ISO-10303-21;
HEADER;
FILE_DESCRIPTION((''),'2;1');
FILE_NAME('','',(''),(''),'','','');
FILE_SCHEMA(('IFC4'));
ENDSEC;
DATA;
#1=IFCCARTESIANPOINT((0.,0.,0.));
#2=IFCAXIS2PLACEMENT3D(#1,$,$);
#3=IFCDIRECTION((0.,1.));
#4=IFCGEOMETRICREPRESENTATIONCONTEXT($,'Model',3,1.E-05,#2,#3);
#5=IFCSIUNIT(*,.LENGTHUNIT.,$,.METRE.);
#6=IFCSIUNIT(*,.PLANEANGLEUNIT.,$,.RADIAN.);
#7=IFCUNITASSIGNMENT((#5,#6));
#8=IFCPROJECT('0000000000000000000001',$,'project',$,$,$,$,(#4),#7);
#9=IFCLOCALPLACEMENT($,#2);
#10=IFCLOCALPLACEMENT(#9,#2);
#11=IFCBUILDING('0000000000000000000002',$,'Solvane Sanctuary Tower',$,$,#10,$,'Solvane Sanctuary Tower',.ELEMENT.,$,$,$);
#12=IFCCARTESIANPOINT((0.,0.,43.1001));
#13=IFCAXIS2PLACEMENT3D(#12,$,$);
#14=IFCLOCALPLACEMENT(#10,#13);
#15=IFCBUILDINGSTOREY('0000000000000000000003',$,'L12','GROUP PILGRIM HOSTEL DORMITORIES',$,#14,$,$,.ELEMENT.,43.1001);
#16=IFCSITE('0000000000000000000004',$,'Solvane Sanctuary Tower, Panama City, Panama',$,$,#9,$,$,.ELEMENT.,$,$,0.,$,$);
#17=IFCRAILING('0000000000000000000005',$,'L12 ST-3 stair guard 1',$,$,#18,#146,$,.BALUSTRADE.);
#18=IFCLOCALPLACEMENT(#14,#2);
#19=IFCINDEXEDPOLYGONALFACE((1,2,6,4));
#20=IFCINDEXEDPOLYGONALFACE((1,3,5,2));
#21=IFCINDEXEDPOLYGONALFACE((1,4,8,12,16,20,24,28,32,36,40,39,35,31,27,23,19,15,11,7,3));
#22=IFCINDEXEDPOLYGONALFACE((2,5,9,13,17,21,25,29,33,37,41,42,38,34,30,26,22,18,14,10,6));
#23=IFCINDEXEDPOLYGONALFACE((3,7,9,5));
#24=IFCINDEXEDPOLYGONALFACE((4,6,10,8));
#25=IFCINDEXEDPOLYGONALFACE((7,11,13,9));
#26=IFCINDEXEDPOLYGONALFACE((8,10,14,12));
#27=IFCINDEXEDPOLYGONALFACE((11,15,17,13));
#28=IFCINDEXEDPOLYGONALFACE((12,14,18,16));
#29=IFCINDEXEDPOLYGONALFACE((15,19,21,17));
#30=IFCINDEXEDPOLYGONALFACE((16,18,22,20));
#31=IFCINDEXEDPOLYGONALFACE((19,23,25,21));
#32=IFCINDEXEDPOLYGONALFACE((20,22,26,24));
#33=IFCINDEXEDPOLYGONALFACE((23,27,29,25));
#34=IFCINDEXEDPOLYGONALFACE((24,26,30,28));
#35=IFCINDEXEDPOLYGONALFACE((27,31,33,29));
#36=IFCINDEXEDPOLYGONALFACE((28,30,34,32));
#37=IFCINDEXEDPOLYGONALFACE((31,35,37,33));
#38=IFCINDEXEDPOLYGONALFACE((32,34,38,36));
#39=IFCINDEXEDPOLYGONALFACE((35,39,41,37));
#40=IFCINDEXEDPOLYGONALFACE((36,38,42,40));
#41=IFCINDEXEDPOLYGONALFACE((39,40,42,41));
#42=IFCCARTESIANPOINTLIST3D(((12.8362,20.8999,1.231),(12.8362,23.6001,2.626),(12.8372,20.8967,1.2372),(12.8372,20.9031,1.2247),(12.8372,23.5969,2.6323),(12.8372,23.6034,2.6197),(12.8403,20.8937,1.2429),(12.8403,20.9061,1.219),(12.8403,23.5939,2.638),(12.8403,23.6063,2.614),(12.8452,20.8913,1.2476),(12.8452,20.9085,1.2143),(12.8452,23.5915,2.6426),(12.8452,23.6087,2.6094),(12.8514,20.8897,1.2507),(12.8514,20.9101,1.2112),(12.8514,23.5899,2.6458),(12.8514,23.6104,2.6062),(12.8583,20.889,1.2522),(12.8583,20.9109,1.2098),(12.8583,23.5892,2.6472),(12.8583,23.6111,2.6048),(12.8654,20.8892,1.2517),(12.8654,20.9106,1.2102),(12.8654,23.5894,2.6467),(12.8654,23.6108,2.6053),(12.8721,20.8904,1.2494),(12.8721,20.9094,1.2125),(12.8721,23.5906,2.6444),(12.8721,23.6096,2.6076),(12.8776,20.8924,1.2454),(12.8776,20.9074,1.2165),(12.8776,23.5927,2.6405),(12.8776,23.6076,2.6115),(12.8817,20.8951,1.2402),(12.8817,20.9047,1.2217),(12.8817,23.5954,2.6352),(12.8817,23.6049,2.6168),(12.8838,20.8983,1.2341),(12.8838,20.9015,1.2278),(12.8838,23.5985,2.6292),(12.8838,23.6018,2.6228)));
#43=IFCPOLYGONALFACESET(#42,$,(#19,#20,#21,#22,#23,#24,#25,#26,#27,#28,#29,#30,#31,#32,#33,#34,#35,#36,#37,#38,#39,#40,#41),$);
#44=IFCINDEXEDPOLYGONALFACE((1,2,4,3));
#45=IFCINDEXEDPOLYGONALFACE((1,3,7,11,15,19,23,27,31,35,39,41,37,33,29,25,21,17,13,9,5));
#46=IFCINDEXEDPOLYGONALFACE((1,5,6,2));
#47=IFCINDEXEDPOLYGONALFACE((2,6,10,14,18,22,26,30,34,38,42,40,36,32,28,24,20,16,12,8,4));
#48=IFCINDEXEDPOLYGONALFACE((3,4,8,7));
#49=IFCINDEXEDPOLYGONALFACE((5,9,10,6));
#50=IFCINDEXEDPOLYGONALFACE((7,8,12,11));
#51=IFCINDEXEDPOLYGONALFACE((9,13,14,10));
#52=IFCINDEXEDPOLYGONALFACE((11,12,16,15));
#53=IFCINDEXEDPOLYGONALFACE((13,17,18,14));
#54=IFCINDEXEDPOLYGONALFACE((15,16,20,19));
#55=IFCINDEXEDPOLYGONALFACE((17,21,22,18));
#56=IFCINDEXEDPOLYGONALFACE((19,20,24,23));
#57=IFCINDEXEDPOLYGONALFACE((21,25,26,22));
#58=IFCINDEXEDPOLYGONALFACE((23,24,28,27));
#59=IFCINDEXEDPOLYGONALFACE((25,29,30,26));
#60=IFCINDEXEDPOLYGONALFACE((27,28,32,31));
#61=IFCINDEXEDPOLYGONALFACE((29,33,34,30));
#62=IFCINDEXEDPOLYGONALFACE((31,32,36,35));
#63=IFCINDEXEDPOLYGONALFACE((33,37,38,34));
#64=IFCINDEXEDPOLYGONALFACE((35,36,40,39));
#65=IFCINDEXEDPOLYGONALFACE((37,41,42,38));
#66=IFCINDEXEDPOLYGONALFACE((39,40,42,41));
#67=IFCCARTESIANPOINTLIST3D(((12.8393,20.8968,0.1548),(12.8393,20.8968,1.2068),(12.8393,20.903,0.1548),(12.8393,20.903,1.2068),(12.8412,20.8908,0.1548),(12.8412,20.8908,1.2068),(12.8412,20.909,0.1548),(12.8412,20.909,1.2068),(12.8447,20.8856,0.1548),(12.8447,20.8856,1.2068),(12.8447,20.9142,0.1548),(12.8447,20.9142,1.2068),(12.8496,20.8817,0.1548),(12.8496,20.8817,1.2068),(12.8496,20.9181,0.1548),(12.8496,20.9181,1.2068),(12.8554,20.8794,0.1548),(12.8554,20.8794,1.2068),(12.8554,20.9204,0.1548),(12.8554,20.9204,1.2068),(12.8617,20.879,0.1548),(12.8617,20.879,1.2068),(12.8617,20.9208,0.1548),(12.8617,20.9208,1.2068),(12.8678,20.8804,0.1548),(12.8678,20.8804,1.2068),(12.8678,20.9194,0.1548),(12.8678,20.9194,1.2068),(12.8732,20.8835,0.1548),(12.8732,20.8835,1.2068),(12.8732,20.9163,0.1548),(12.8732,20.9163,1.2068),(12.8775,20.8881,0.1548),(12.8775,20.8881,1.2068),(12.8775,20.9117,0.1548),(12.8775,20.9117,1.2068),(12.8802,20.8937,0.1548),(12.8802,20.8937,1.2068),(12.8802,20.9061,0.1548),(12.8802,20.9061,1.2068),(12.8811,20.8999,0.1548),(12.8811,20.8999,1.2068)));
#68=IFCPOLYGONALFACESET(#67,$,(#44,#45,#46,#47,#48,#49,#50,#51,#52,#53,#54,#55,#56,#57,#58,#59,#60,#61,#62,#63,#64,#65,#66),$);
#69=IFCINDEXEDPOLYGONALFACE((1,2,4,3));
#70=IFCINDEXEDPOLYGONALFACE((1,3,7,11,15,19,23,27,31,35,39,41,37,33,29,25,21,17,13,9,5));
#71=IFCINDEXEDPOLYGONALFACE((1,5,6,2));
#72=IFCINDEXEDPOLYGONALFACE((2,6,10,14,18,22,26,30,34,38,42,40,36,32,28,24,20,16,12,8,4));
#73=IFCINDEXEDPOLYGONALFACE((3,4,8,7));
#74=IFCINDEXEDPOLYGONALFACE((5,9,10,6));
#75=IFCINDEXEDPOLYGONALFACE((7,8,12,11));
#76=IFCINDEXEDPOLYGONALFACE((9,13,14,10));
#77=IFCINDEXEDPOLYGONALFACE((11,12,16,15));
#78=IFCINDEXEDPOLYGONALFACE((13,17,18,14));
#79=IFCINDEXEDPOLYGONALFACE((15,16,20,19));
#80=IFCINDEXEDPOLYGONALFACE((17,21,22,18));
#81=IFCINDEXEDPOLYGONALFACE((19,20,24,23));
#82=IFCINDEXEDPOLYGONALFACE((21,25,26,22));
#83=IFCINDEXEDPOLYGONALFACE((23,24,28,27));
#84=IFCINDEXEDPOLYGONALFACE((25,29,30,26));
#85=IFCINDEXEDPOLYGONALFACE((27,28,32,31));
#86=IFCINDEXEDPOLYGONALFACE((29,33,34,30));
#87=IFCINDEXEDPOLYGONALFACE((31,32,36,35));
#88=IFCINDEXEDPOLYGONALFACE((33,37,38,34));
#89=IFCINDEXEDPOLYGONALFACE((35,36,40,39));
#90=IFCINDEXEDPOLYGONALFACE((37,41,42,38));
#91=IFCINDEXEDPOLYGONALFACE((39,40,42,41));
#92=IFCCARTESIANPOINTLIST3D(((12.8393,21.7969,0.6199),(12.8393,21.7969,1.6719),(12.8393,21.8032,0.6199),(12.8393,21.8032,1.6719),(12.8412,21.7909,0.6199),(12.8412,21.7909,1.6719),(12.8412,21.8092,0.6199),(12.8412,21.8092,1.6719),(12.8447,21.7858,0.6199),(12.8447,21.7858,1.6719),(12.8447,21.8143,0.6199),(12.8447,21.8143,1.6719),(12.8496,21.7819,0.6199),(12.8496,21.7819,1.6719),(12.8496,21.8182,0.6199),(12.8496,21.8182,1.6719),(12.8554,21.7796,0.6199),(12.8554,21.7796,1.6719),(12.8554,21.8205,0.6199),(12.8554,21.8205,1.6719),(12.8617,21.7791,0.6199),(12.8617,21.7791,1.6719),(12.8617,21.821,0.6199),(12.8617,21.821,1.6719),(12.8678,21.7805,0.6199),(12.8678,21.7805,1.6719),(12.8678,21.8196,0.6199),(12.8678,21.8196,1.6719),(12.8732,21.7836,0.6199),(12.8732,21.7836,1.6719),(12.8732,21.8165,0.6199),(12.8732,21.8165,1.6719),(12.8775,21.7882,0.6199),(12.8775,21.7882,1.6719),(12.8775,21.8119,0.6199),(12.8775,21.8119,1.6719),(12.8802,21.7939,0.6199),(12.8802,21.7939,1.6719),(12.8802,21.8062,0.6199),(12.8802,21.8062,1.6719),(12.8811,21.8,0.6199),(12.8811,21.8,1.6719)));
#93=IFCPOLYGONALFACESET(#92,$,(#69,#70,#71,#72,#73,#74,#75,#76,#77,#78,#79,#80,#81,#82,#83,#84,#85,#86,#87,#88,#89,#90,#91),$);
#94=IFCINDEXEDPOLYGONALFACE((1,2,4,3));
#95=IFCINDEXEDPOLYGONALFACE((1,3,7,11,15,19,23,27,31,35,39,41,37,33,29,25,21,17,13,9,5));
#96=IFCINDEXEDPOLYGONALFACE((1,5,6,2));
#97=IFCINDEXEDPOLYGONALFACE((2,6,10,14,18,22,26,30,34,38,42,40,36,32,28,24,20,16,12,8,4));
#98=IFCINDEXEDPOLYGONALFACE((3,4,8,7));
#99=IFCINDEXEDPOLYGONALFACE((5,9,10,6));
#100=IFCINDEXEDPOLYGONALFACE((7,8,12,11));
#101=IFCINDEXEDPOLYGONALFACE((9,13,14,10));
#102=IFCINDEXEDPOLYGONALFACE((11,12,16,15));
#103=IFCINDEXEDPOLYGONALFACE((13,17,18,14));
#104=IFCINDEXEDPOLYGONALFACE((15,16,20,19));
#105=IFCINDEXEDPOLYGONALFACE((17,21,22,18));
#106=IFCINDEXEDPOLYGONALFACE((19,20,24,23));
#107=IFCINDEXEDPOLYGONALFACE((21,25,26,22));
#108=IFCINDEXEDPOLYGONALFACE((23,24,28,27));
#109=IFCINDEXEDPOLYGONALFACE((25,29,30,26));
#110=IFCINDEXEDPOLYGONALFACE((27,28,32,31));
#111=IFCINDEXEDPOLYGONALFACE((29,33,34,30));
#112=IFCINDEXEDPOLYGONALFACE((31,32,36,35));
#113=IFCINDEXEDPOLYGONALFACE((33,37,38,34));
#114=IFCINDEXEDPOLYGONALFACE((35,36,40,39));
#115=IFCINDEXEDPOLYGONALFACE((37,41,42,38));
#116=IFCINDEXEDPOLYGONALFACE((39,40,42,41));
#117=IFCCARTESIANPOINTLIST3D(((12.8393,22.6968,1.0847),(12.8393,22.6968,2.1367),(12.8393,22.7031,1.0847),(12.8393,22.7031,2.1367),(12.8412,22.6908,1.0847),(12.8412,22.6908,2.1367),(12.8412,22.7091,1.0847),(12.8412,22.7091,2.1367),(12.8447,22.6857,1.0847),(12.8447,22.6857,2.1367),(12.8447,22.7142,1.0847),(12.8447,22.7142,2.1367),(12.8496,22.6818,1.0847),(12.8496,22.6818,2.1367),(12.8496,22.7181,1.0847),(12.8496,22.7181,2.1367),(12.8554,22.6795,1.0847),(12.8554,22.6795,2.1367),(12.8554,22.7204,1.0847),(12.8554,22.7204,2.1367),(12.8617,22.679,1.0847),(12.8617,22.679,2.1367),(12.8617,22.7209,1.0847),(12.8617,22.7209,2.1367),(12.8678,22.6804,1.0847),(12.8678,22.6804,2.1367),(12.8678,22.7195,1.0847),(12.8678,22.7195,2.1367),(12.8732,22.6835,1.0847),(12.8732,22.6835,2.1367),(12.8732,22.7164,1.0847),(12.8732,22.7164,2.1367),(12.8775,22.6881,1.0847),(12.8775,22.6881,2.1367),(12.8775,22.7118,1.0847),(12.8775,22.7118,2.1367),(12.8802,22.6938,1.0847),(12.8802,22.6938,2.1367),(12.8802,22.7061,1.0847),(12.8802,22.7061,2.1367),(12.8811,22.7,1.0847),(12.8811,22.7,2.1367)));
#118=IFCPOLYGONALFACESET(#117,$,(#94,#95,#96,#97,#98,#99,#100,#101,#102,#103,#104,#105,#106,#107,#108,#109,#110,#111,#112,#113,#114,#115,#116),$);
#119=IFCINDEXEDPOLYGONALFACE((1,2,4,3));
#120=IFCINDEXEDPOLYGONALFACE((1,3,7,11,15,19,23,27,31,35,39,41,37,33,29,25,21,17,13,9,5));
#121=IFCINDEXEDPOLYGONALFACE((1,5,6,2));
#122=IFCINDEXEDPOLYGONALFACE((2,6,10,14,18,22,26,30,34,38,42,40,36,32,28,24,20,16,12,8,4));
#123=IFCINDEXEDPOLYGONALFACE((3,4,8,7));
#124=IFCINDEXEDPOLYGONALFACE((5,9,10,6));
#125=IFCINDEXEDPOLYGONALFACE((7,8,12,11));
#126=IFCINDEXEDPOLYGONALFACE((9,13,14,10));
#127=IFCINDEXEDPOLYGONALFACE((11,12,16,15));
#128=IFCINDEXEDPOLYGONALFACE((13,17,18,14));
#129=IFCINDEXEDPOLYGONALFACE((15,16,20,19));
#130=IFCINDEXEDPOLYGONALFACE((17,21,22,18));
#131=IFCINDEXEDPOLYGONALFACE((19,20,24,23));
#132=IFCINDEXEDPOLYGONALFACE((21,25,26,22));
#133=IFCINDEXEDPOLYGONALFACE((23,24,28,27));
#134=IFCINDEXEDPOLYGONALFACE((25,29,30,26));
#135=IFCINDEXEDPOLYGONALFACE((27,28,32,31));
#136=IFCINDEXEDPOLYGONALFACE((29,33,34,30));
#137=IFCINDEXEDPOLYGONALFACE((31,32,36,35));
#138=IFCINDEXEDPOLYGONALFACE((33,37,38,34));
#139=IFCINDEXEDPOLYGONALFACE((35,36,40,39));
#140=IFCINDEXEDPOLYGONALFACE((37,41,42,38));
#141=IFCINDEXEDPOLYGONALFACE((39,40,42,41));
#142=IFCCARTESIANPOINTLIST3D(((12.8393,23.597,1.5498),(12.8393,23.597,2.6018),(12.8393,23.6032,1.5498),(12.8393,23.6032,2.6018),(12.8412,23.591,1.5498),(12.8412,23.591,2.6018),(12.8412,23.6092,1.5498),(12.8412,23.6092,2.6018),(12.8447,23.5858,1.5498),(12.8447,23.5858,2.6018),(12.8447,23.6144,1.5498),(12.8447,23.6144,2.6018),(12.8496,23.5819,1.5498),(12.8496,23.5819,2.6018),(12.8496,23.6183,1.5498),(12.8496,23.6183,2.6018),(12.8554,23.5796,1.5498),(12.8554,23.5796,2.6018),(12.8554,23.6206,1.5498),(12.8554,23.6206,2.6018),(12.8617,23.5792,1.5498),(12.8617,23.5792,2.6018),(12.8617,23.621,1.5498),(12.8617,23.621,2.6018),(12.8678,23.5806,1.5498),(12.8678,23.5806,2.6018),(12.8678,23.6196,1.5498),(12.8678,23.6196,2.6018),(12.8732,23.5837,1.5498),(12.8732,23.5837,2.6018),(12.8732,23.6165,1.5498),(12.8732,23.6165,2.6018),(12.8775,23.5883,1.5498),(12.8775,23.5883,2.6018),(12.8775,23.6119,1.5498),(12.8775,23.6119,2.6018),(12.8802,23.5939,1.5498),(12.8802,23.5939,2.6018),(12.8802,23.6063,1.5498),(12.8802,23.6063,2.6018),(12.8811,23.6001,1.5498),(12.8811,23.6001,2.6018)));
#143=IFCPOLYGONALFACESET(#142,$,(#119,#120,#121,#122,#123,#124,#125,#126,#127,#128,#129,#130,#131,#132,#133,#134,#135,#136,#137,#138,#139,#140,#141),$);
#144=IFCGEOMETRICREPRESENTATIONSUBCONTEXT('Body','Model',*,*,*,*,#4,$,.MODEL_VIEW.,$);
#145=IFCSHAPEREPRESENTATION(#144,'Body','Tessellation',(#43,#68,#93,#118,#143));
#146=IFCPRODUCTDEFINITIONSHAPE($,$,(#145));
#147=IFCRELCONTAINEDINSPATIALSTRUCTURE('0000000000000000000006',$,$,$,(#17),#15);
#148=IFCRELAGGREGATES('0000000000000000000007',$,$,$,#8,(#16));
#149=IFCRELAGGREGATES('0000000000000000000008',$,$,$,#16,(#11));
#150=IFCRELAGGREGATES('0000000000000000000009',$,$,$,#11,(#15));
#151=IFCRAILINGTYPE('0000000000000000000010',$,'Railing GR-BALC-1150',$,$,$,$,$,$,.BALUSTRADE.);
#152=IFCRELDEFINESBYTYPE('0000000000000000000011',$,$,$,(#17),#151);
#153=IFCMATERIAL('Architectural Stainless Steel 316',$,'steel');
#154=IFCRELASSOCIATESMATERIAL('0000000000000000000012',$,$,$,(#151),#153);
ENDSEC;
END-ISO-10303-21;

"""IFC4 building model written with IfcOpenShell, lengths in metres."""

from ifc_helpers import new_model, si_unit, direction, frame, origin, origin_2d, place, context, subcontext, project, spatial, circle, extrude, material, type_object, element, save


model = new_model("IFC4")

# Units and contexts
model_context = context("Model", 3, precision=1e-05, world=origin(), true_north=direction((0.0, 1.0)))
body_context = subcontext(model_context, "Body", "Model", "MODEL_VIEW")
ifc_project = project(units=[si_unit("LENGTHUNIT", "METRE"), si_unit("PLANEANGLEUNIT", "RADIAN")], contexts=[model_context])

# Site, building, storey
site_placement = place(None, origin())
site = spatial("IfcSite", under=ifc_project, at=site_placement, Name="Solvane Sanctuary Tower, Panama City, Panama", CompositionType="ELEMENT", RefElevation=0.0)
building_placement = place(site_placement, origin())
building = spatial("IfcBuilding", under=site, at=building_placement, Name="Solvane Sanctuary Tower", LongName="Solvane Sanctuary Tower", CompositionType="ELEMENT")
storey_placement = place(building_placement, frame((0.0, 0.0, 43.1001)))
storey = spatial("IfcBuildingStorey", under=building, at=storey_placement, Name="L12", Description="GROUP PILGRIM HOSTEL DORMITORIES", CompositionType="ELEMENT", Elevation=43.1001)

# Shared definitions
ifc_material_1 = material(Name="Architectural Stainless Steel 316", Category="steel")

# Railing
railing_type_1 = type_object("IfcRailingType", Name="Railing GR-BALC-1150", PredefinedType="BALUSTRADE", material=ifc_material_1)
railing_1_placement = place(storey_placement, frame((12.8601, 20.8999, 0.1548)))
element("IfcRailing", 1, at=railing_1_placement, inside=storey, type_object=railing_type_1, Name="L12 ST-3 stair guard 1", PredefinedType="BALUSTRADE", context=body_context, shape_type="SweptSolid", body=[
    extrude(circle(Radius=0.0239, at=origin_2d()), frame((0.0, 0.0, 1.0762), z_axis=(0.0, 0.888437, 0.458999), x_axis=(-1.0, 0.0, 0.0)), (0.0, 0.0, 1.0), 3.0393),
    extrude(circle(Radius=0.021, at=origin_2d()), origin(), (0.0, 0.0, 1.0), 1.052),
    extrude(circle(Radius=0.021, at=origin_2d()), frame((0.0, 0.9001, 0.4651)), (0.0, 0.0, 1.0), 1.052),
    extrude(circle(Radius=0.021, at=origin_2d()), frame((0.0, 1.8, 0.9299)), (0.0, 0.0, 1.0), 1.052),
    extrude(circle(Radius=0.021, at=origin_2d()), frame((0.0, 2.7002, 1.395)), (0.0, 0.0, 1.0), 1.052),
])

save(model, "model.ifc")
